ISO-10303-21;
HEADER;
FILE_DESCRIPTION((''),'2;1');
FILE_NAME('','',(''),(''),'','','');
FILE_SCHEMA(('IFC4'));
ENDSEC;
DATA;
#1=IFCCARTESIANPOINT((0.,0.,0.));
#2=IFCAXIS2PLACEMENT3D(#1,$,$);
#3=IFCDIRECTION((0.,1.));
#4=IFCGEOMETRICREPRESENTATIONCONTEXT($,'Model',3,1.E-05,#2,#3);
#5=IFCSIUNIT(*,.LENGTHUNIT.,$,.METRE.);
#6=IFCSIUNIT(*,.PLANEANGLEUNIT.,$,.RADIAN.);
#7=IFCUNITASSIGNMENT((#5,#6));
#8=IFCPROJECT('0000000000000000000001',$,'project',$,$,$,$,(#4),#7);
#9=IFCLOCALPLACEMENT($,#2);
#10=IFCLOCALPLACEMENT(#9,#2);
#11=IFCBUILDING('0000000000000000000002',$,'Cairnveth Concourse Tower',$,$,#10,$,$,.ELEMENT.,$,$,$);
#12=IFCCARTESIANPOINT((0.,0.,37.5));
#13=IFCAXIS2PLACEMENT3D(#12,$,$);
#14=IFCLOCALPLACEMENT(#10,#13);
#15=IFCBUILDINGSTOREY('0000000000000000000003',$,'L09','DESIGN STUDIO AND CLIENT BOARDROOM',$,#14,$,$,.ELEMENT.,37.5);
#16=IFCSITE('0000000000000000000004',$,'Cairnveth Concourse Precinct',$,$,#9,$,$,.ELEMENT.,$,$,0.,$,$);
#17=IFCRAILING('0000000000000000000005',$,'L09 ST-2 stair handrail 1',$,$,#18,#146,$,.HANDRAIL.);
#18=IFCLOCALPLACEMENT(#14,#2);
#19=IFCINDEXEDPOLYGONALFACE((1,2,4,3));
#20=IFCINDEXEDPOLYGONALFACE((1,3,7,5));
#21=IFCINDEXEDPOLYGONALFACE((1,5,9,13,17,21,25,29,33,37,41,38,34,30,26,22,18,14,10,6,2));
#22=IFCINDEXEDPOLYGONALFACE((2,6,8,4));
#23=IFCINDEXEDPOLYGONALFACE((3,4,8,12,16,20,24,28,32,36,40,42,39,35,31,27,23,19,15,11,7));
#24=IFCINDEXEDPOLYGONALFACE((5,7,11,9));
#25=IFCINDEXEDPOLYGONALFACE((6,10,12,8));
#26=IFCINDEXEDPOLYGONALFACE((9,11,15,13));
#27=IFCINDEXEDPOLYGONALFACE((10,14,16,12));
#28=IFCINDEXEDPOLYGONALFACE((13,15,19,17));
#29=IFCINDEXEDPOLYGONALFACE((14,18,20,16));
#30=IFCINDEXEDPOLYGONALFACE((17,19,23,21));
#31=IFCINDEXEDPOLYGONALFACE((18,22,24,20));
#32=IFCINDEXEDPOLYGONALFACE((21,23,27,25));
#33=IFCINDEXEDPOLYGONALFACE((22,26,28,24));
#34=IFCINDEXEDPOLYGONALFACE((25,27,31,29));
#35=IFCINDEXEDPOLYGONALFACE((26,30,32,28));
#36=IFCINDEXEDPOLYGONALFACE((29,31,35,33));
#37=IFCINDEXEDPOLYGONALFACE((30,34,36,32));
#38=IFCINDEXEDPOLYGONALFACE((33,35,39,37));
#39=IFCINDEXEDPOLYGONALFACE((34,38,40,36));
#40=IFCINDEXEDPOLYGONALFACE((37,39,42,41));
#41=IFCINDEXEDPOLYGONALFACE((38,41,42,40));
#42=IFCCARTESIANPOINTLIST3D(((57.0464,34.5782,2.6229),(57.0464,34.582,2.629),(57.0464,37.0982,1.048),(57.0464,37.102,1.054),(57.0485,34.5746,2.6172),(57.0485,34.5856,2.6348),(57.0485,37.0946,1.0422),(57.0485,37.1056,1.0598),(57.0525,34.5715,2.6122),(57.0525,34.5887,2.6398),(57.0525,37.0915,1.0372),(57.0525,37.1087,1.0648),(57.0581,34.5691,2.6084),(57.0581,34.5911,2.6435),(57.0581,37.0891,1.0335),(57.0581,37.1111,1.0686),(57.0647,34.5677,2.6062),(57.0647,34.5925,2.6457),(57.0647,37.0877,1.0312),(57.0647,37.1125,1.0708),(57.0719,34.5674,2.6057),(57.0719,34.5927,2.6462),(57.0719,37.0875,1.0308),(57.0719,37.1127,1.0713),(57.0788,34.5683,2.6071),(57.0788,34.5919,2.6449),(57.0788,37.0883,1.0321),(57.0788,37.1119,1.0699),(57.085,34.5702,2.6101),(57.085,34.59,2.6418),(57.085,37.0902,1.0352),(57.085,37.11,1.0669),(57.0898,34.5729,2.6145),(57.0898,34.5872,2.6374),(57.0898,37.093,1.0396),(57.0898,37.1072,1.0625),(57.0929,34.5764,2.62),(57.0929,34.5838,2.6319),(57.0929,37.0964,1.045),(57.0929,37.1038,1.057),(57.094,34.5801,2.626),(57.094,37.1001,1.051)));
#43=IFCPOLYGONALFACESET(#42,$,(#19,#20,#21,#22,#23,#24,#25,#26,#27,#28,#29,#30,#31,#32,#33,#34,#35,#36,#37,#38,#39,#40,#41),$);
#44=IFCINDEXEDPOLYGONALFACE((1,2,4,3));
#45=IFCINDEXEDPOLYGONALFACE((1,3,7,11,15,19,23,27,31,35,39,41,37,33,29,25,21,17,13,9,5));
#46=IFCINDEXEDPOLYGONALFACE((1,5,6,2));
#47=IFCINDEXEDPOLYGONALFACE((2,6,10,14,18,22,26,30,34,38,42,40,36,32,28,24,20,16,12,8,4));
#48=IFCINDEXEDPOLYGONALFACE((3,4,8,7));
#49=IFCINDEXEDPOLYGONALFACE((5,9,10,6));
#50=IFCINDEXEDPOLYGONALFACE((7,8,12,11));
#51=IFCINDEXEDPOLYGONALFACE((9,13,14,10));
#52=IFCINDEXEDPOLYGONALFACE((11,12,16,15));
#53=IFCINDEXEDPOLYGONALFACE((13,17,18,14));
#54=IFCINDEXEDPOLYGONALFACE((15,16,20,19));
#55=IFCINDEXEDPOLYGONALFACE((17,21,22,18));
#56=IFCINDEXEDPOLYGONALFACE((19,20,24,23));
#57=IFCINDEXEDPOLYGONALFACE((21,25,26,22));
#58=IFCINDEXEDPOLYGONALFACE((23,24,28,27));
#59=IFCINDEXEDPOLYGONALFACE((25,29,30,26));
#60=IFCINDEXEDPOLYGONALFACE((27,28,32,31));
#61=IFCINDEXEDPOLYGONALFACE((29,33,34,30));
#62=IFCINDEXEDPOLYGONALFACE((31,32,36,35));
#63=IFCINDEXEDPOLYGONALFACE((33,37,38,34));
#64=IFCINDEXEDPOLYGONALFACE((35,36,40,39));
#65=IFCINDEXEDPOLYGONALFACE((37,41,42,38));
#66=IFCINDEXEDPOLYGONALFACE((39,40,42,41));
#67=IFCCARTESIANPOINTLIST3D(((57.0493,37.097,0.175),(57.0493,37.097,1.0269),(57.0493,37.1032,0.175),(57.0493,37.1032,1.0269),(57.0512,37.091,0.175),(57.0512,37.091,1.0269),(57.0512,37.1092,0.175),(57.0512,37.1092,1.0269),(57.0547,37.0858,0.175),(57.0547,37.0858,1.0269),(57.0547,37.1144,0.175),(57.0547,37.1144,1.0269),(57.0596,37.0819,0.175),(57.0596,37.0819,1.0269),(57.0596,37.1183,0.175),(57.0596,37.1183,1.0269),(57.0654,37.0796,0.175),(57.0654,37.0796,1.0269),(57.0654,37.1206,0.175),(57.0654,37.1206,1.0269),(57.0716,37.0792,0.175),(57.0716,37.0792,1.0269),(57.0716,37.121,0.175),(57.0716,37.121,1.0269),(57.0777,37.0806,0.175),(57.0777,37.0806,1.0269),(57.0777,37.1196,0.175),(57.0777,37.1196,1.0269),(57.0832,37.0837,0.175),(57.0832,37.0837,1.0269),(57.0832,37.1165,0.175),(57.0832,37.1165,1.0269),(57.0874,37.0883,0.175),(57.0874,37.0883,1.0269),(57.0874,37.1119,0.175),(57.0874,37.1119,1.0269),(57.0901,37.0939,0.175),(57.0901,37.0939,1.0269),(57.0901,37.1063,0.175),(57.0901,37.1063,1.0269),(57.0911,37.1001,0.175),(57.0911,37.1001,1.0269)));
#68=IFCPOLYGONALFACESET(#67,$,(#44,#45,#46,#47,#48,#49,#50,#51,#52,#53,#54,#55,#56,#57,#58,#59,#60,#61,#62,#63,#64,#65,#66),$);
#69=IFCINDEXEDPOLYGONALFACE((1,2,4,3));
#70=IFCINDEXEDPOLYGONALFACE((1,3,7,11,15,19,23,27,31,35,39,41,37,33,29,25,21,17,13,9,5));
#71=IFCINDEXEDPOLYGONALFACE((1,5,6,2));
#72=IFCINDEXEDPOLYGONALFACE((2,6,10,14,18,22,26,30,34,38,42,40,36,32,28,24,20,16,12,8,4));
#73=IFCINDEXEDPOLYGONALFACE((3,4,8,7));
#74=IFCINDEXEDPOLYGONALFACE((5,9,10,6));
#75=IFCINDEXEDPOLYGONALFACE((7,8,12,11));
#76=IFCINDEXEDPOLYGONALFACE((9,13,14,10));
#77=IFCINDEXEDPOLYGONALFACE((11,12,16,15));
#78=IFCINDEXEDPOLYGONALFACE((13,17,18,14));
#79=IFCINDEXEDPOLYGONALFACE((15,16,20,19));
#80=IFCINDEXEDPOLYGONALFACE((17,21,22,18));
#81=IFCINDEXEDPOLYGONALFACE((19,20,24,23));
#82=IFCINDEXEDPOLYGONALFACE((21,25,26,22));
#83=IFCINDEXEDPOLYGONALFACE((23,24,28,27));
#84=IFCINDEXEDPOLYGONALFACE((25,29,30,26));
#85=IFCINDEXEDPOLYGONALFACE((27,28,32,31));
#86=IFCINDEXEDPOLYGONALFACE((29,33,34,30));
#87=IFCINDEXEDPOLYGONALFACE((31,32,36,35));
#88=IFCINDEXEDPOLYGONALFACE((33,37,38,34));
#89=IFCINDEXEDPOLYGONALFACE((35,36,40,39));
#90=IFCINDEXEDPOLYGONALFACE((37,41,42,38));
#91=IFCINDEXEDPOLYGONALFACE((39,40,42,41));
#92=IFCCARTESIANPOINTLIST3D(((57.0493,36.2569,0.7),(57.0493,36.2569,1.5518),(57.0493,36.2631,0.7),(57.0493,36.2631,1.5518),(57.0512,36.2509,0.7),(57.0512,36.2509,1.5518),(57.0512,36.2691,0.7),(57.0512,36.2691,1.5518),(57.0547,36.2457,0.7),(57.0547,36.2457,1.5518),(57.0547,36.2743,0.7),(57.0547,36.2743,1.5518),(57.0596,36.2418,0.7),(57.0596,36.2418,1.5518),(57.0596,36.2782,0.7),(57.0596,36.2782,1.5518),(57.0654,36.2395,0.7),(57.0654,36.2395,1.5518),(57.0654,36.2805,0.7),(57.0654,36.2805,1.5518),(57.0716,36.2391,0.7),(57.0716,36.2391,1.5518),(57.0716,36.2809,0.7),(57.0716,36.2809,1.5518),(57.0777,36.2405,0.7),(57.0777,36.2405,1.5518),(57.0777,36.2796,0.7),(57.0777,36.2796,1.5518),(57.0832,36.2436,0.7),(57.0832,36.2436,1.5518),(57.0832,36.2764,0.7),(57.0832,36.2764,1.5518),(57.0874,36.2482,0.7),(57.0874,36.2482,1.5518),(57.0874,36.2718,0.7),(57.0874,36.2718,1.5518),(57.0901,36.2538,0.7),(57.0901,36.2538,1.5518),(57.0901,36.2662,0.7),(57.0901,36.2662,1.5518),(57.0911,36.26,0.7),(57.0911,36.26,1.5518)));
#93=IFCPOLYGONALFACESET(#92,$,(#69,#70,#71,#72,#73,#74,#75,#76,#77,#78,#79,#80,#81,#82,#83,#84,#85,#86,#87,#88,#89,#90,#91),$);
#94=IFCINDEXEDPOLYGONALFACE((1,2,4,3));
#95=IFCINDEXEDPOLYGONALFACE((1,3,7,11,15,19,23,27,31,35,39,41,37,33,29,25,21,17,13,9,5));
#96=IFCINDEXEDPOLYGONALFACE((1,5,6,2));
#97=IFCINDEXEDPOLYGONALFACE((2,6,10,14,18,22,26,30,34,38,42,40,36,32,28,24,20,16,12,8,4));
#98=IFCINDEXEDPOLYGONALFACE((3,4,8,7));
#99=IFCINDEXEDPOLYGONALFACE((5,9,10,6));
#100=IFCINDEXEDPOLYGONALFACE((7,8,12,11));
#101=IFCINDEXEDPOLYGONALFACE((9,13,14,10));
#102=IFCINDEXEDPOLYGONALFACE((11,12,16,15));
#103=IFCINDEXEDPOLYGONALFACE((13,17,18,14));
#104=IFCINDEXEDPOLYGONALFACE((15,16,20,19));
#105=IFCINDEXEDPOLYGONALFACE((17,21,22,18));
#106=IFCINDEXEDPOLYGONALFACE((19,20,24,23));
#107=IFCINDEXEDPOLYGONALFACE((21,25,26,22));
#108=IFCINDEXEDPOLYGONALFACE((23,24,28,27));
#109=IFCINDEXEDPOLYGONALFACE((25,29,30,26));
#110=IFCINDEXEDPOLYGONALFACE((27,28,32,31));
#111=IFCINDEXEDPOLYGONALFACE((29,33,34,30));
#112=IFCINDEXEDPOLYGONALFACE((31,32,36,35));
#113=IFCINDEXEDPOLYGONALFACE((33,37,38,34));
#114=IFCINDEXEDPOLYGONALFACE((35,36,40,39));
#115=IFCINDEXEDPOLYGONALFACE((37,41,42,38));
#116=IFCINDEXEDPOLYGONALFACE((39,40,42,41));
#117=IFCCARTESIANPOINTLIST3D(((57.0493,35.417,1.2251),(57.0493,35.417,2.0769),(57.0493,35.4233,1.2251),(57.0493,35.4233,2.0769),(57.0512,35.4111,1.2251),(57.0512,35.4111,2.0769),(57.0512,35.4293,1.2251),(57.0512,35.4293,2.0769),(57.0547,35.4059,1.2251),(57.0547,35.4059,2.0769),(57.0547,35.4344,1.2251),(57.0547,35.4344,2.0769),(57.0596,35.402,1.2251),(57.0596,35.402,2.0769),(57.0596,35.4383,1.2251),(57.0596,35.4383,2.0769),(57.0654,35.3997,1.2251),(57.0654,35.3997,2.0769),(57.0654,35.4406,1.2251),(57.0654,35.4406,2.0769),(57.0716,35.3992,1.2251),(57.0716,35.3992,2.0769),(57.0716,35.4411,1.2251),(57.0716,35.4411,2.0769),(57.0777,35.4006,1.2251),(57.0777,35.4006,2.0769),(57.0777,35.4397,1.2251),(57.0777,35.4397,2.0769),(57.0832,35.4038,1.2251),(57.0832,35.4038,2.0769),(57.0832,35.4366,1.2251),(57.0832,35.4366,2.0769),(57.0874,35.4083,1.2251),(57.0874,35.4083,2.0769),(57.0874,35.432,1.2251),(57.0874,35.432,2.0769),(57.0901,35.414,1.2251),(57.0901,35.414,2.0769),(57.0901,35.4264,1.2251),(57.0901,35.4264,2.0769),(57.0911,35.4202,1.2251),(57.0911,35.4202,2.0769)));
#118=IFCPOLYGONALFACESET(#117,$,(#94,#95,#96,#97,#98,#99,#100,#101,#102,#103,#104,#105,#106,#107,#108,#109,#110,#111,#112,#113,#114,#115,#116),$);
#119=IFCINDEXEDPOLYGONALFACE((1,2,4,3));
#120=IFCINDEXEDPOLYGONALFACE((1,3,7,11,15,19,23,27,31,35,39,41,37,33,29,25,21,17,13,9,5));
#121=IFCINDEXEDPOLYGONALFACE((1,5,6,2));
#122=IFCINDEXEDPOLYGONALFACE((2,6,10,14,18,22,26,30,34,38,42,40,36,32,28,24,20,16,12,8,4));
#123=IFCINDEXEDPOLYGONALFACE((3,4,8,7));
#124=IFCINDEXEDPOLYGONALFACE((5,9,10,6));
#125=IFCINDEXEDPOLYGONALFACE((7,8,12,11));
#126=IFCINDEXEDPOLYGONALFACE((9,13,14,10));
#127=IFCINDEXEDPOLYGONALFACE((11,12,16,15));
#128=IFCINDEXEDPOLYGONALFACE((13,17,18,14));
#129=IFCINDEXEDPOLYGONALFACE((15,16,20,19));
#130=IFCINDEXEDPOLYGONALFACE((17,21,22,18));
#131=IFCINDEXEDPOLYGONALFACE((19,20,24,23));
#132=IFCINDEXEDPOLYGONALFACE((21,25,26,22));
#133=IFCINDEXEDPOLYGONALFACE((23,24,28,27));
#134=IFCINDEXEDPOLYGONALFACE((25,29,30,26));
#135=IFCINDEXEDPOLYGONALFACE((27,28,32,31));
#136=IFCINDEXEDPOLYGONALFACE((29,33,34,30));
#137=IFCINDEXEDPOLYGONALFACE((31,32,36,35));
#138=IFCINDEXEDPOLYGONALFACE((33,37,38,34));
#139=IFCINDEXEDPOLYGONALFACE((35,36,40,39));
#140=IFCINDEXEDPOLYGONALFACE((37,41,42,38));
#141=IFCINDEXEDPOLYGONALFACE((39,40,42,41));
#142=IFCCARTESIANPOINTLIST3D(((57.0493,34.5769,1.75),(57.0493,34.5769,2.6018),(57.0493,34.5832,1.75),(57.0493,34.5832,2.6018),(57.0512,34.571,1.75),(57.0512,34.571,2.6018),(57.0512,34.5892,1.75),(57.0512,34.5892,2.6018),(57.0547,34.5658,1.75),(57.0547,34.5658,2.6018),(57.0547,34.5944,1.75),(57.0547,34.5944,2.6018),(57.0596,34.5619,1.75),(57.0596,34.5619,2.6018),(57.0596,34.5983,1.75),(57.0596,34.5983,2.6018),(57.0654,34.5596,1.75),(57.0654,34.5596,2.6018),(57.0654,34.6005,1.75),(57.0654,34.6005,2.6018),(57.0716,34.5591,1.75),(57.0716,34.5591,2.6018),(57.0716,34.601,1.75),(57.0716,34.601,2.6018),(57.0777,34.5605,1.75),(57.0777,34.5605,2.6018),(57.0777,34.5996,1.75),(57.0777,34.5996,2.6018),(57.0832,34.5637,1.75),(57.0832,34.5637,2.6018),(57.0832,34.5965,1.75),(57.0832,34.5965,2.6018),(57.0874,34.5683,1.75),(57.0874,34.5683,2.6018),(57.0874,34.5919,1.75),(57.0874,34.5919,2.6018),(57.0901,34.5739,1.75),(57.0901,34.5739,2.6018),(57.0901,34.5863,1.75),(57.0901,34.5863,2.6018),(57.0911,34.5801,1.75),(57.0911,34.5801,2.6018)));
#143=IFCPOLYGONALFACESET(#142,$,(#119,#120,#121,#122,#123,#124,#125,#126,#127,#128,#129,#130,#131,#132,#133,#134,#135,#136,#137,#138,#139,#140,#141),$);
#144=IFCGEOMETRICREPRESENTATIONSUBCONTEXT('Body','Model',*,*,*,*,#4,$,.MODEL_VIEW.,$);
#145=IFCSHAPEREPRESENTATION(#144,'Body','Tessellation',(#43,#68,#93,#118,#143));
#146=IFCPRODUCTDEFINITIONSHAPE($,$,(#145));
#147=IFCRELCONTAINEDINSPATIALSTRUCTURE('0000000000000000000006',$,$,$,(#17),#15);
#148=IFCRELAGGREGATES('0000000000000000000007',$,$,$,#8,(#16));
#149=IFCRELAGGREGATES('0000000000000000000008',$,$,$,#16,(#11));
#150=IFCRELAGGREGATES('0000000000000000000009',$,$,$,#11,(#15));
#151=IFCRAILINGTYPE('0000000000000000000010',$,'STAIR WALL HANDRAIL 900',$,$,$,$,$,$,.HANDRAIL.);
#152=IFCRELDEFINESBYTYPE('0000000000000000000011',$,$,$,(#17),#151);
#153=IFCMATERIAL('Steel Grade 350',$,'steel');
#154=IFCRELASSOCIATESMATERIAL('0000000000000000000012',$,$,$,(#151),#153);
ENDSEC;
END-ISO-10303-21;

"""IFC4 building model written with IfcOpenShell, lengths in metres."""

from ifc_helpers import new_model, si_unit, direction, frame, origin, origin_2d, place, context, subcontext, project, spatial, circle, extrude, material, type_object, element, save


model = new_model("IFC4")

# Units and contexts
model_context = context("Model", 3, precision=1e-05, world=origin(), true_north=direction((0.0, 1.0)))
body_context = subcontext(model_context, "Body", "Model", "MODEL_VIEW")
ifc_project = project(units=[si_unit("LENGTHUNIT", "METRE"), si_unit("PLANEANGLEUNIT", "RADIAN")], contexts=[model_context])

# Site, building, storey
site_placement = place(None, origin())
site = spatial("IfcSite", under=ifc_project, at=site_placement, Name="Cairnveth Concourse Precinct", CompositionType="ELEMENT", RefElevation=0.0)
building_placement = place(site_placement, origin())
building = spatial("IfcBuilding", under=site, at=building_placement, Name="Cairnveth Concourse Tower", CompositionType="ELEMENT")
storey_placement = place(building_placement, frame((0.0, 0.0, 37.5)))
storey = spatial("IfcBuildingStorey", under=building, at=storey_placement, Name="L09", Description="DESIGN STUDIO AND CLIENT BOARDROOM", CompositionType="ELEMENT", Elevation=37.5)

# Shared definitions
ifc_material_1 = material(Name="Steel Grade 350", Category="steel")

# Railing
railing_type_1 = type_object("IfcRailingType", Name="STAIR WALL HANDRAIL 900", PredefinedType="HANDRAIL", material=ifc_material_1)
railing_1_placement = place(storey_placement, frame((57.0701, 37.1001, 0.175)))
element("IfcRailing", 1, at=railing_1_placement, inside=storey, type_object=railing_type_1, Name="L09 ST-2 stair handrail 1", PredefinedType="HANDRAIL", context=body_context, shape_type="SweptSolid", body=[
    extrude(circle(Radius=0.0239, at=origin_2d()), frame((0.0, 0.0, 0.876), z_axis=(0.0, -0.848008, 0.529984), x_axis=(1.0, 0.0, 0.0)), (0.0, 0.0, 1.0), 2.9717),
    extrude(circle(Radius=0.021, at=origin_2d()), origin(), (0.0, 0.0, 1.0), 0.8518),
    extrude(circle(Radius=0.021, at=origin_2d()), frame((0.0, -0.8401, 0.5249)), (0.0, 0.0, 1.0), 0.8518),
    extrude(circle(Radius=0.021, at=origin_2d()), frame((0.0, -1.6799, 1.05)), (0.0, 0.0, 1.0), 0.8518),
    extrude(circle(Radius=0.021, at=origin_2d()), frame((0.0, -2.52, 1.575)), (0.0, 0.0, 1.0), 0.8518),
])

save(model, "model.ifc")
